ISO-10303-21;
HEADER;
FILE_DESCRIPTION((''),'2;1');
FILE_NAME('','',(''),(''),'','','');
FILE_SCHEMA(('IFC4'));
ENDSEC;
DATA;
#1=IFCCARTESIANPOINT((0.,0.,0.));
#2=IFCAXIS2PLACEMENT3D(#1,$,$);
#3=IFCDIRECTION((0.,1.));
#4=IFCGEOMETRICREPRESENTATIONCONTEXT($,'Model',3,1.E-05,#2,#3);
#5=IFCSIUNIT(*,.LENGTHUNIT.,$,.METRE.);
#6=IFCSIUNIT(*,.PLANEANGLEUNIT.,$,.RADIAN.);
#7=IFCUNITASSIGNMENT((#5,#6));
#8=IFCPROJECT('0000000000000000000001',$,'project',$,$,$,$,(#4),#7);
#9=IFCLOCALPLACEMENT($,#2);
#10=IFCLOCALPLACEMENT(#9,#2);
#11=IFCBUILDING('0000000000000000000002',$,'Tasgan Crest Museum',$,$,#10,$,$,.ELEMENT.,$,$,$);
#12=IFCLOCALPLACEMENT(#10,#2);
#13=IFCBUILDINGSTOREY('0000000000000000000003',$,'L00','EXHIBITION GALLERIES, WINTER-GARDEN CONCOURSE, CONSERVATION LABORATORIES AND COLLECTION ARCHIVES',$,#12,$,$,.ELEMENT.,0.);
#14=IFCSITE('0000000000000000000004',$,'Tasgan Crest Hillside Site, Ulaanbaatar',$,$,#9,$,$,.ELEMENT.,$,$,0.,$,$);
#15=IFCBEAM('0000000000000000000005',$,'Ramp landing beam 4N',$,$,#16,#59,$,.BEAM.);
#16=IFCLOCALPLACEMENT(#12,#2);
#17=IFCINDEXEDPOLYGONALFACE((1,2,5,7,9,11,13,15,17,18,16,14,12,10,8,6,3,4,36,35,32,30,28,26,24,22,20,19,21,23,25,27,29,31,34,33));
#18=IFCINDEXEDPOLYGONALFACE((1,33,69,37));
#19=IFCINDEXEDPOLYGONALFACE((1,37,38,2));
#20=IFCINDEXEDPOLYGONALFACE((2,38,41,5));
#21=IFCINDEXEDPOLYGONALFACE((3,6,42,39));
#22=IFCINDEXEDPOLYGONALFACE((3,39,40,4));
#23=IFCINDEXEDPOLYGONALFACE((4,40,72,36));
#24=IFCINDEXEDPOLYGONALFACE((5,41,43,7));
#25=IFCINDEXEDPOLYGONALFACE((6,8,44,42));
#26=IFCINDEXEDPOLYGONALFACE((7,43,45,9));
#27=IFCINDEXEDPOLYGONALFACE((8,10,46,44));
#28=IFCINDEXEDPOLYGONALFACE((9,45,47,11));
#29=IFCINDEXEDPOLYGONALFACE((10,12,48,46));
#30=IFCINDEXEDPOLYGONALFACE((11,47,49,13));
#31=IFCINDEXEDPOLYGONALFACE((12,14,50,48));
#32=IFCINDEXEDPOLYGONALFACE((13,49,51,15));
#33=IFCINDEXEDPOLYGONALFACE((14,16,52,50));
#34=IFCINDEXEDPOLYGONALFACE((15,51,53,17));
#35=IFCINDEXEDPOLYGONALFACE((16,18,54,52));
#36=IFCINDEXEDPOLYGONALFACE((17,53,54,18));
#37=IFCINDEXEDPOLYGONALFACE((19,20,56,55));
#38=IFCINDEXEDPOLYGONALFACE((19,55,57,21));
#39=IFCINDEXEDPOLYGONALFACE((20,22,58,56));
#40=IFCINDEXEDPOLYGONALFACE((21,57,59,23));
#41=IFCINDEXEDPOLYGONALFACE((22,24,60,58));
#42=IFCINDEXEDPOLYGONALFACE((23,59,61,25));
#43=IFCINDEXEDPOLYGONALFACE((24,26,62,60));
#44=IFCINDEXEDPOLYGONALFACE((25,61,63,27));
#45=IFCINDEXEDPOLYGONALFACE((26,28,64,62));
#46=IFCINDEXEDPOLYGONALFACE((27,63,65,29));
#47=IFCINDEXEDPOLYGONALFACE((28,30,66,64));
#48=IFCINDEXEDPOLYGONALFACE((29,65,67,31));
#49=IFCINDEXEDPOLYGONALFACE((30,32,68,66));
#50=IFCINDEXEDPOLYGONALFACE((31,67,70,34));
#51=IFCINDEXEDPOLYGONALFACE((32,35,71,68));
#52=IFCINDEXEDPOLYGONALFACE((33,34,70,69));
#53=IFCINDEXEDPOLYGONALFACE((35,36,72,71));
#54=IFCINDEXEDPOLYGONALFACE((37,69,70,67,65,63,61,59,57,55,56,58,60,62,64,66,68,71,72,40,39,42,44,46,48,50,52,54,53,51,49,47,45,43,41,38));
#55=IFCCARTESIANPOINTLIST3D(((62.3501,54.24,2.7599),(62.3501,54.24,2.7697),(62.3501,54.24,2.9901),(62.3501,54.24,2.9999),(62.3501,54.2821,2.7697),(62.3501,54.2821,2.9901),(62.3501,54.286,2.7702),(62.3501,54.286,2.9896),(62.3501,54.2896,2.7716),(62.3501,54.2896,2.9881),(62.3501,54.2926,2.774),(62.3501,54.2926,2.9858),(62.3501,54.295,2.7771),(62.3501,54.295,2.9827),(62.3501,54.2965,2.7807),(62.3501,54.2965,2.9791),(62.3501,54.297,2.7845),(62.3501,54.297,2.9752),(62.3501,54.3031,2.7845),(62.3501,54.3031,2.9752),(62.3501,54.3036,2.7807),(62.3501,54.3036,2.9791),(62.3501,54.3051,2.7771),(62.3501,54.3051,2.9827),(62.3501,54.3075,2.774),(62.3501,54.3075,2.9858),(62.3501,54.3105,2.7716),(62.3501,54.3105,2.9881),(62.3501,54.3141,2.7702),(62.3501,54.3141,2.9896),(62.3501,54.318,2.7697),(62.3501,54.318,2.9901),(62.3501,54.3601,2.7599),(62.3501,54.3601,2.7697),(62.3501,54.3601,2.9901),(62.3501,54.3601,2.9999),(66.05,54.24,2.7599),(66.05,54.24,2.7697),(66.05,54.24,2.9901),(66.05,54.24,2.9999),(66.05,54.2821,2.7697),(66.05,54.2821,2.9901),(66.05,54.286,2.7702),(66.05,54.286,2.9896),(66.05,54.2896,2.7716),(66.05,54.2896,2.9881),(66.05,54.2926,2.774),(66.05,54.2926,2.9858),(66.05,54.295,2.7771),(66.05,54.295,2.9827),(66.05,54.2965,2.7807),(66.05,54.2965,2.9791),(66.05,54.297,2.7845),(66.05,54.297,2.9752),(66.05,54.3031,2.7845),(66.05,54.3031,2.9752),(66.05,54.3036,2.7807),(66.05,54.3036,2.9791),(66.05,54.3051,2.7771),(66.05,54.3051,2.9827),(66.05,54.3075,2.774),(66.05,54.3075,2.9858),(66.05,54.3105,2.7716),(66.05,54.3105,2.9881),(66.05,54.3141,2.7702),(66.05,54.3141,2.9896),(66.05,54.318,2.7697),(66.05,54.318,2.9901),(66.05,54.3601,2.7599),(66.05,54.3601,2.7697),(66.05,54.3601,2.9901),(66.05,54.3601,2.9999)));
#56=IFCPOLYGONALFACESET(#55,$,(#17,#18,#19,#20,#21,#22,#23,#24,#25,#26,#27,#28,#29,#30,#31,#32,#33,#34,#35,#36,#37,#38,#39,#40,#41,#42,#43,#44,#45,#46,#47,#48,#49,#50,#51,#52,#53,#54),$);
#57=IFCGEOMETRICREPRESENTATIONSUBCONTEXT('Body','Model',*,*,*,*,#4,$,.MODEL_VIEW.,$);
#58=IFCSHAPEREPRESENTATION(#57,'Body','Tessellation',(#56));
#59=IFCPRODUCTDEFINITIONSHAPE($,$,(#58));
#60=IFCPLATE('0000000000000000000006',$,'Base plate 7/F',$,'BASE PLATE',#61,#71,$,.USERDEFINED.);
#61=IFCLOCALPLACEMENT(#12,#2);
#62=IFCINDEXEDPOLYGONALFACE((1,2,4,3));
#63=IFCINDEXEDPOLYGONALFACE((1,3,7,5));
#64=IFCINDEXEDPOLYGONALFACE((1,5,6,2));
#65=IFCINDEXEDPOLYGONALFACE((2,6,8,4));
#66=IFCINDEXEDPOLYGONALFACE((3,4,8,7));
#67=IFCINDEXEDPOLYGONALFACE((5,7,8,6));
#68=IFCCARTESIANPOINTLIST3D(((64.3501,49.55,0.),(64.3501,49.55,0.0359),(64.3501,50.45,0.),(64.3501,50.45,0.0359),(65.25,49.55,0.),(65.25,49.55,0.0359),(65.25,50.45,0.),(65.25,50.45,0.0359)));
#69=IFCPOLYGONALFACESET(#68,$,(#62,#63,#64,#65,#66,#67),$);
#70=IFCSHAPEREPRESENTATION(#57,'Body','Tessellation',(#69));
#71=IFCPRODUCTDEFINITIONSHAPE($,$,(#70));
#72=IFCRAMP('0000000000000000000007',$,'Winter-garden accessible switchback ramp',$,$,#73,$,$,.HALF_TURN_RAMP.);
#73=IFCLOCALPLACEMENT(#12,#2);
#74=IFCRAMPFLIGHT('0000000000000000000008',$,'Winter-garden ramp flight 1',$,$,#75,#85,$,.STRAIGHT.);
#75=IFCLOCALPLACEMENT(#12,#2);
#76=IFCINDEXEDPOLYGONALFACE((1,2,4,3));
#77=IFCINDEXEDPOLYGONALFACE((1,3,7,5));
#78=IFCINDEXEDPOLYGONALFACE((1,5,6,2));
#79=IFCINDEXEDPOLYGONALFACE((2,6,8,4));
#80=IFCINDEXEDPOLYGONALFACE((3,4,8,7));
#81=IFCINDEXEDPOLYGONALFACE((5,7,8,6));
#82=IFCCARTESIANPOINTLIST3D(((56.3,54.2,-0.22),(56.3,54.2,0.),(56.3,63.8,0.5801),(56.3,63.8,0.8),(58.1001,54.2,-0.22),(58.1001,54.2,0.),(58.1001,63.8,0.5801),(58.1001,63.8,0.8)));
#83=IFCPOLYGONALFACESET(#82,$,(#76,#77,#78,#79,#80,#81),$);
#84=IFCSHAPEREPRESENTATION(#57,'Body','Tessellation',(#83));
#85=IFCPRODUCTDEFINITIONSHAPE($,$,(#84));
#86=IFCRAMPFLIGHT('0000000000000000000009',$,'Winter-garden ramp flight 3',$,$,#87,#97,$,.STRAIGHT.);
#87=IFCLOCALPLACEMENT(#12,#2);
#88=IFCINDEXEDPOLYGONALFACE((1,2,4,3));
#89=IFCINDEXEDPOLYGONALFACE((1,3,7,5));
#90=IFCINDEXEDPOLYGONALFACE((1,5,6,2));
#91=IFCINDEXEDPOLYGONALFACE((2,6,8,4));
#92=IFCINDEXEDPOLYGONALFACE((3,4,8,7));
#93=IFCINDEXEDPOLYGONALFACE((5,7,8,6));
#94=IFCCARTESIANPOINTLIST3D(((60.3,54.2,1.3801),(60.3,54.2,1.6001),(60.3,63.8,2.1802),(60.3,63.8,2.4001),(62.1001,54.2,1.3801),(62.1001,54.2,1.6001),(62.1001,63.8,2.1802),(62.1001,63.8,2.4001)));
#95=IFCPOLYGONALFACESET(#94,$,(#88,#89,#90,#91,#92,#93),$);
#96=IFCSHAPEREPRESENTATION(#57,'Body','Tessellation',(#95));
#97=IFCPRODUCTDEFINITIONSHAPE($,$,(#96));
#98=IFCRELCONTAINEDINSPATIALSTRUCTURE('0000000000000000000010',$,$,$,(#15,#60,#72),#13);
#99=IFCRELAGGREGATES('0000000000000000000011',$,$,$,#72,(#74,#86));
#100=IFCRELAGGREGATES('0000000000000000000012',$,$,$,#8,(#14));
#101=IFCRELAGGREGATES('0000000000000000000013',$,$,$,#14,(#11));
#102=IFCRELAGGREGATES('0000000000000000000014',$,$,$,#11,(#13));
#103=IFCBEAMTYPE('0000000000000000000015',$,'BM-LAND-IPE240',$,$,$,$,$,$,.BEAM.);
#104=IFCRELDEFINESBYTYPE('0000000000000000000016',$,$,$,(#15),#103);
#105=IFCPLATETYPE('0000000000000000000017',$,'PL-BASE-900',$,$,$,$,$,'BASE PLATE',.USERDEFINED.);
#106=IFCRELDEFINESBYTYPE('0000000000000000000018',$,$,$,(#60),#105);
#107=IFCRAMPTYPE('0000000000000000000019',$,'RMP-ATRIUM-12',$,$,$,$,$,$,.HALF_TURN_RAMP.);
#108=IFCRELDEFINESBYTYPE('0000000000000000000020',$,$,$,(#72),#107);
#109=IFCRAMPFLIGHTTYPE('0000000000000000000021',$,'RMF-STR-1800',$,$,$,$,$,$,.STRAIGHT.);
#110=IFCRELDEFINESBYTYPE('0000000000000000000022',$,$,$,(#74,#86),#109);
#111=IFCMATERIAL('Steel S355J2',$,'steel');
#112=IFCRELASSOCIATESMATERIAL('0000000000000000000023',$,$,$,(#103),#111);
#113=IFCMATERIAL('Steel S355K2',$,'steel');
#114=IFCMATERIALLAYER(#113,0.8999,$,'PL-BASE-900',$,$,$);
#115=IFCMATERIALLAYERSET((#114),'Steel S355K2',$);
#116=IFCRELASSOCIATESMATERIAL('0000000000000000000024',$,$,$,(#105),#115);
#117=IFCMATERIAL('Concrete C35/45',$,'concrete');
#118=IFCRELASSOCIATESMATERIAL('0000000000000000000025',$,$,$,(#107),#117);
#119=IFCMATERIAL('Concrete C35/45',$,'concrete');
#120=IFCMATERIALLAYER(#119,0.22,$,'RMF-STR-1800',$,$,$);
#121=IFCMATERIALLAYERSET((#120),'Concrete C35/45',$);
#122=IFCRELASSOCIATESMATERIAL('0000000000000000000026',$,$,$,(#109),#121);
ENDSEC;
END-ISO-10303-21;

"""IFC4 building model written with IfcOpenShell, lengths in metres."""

from ifc_helpers import new_model, si_unit, direction, frame, origin, origin_2d, place, context, subcontext, project, spatial, polyline, rectangle, i_section, outline, extrude, material, layer, layer_set, material_profile, profile_set, type_object, element, aggregate, save


model = new_model("IFC4")

# Units and contexts
model_context = context("Model", 3, precision=1e-05, world=origin(), true_north=direction((0.0, 1.0)))
body_context = subcontext(model_context, "Body", "Model", "MODEL_VIEW")
ifc_project = project(units=[si_unit("LENGTHUNIT", "METRE"), si_unit("PLANEANGLEUNIT", "RADIAN")], contexts=[model_context])

# Site, building, storey
site_placement = place(None, origin())
site = spatial("IfcSite", under=ifc_project, at=site_placement, Name="Tasgan Crest Hillside Site, Ulaanbaatar", CompositionType="ELEMENT", RefElevation=0.0)
building_placement = place(site_placement, origin())
building = spatial("IfcBuilding", under=site, at=building_placement, Name="Tasgan Crest Museum", CompositionType="ELEMENT")
storey_placement = place(building_placement, origin())
storey = spatial("IfcBuildingStorey", under=building, at=storey_placement, Name="L00", Description="EXHIBITION GALLERIES, WINTER-GARDEN CONCOURSE, CONSERVATION LABORATORIES AND COLLECTION ARCHIVES", CompositionType="ELEMENT", Elevation=0.0)

# Beam
ifc_material_1 = material(Name="Steel S355J2", Category="steel")
ifc_material_profile_1 = material_profile(ifc_material_1, i_section(OverallWidth=0.1201, OverallDepth=0.24, WebThickness=0.0061, FlangeThickness=0.0098, FilletRadius=0.0149, at=origin_2d()), Name="IPE 240")
ifc_profile_set_1 = profile_set([ifc_material_profile_1], Name="Steel S355J2")
beam_type = type_object("IfcBeamType", Name="BM-LAND-IPE240", PredefinedType="BEAM", material=ifc_profile_set_1)
for number, where, z_axis, x_axis, name in (
    (1, (62.3501, 54.3, 2.8799), (1.0, 0.0, 0.0), (0.0, 1.0, 0.0), "Ramp landing beam 4N"),
):
    element("IfcBeam", number, at=place(storey_placement, frame(where, z_axis=z_axis, x_axis=x_axis)), inside=storey, type_object=beam_type, Name=name, PredefinedType="BEAM", context=body_context, shape_type="SweptSolid", body=[
        extrude(i_section(OverallWidth=0.1201, OverallDepth=0.24, WebThickness=0.0061, FlangeThickness=0.0098, FilletRadius=0.0149, at=origin_2d()), origin(), (0.0, 0.0, 1.0), 3.7),
    ])

# Plate
ifc_material_2 = material(Name="Steel S355K2", Category="steel")
ifc_layer_1 = layer(ifc_material_2, 0.8999, Name="PL-BASE-900")
ifc_layer_set_1 = layer_set([ifc_layer_1], Name="Steel S355K2")
plate_type = type_object("IfcPlateType", Name="PL-BASE-900", ElementType="BASE PLATE", PredefinedType="USERDEFINED", material=ifc_layer_set_1)
plate_placement = place(storey_placement, frame((64.8, 50.0, 0.0), z_axis=(0.0, 0.0, 1.0), x_axis=(1.0, 0.0, 0.0)))
element("IfcPlate", 2, at=plate_placement, inside=storey, type_object=plate_type, Name="Base plate 7/F", ObjectType="BASE PLATE", PredefinedType="USERDEFINED", context=body_context, shape_type="SweptSolid", body=[
    extrude(rectangle(XDim=0.8999, YDim=0.8999, at=origin_2d()), origin(), (0.0, 0.0, 1.0), 0.0359),
])

# Ramp, ramp flights
ifc_material_3 = material(Name="Concrete C35/45", Category="concrete")
ramp_type = type_object("IfcRampType", Name="RMP-ATRIUM-12", PredefinedType="HALF_TURN_RAMP", material=ifc_material_3)
ramp_placement = place(storey_placement, origin())
ramp = element("IfcRamp", 3, at=ramp_placement, inside=storey, type_object=ramp_type, Name="Winter-garden accessible switchback ramp", PredefinedType="HALF_TURN_RAMP")
ifc_material_4 = material(Name="Concrete C35/45", Category="concrete")
ifc_layer_2 = layer(ifc_material_4, 0.22, Name="RMF-STR-1800")
ifc_layer_set_2 = layer_set([ifc_layer_2], Name="Concrete C35/45")
ramp_flight_type = type_object("IfcRampFlightType", Name="RMF-STR-1800", PredefinedType="STRAIGHT", material=ifc_layer_set_2)
ramp_flight_1_placement = place(storey_placement, frame((57.2, 54.2, 0.0), z_axis=(0.0, 0.0, 1.0), x_axis=(0.0, 1.0, 0.0)))
ramp_flight_1 = element("IfcRampFlight", 4, at=ramp_flight_1_placement, type_object=ramp_flight_type, Name="Winter-garden ramp flight 1", PredefinedType="STRAIGHT", context=body_context, shape_type="SweptSolid", body=[
    extrude(outline(polyline([(0.0, 0.0), (9.6001, 0.8), (9.6001, 0.5801), (0.0, -0.22), (0.0, 0.0)])), frame((0.0, 0.8999, 0.0), z_axis=(0.0, -1.0, 0.0), x_axis=(1.0, 0.0, 0.0)), (0.0, 0.0, 1.0), 1.8),
])
ramp_flight_2_placement = place(storey_placement, frame((61.2, 54.2, 1.6001), z_axis=(0.0, 0.0, 1.0), x_axis=(0.0, 1.0, 0.0)))
ramp_flight_2 = element("IfcRampFlight", 5, at=ramp_flight_2_placement, type_object=ramp_flight_type, Name="Winter-garden ramp flight 3", PredefinedType="STRAIGHT", context=body_context, shape_type="SweptSolid", body=[
    extrude(outline(polyline([(0.0, 0.0), (9.6001, 0.8), (9.6001, 0.5801), (0.0, -0.22), (0.0, 0.0)])), frame((0.0, 0.8999, 0.0), z_axis=(0.0, -1.0, 0.0), x_axis=(1.0, 0.0, 0.0)), (0.0, 0.0, 1.0), 1.8),
])
aggregate(ramp, [ramp_flight_1, ramp_flight_2])

save(model, "model.ifc")
